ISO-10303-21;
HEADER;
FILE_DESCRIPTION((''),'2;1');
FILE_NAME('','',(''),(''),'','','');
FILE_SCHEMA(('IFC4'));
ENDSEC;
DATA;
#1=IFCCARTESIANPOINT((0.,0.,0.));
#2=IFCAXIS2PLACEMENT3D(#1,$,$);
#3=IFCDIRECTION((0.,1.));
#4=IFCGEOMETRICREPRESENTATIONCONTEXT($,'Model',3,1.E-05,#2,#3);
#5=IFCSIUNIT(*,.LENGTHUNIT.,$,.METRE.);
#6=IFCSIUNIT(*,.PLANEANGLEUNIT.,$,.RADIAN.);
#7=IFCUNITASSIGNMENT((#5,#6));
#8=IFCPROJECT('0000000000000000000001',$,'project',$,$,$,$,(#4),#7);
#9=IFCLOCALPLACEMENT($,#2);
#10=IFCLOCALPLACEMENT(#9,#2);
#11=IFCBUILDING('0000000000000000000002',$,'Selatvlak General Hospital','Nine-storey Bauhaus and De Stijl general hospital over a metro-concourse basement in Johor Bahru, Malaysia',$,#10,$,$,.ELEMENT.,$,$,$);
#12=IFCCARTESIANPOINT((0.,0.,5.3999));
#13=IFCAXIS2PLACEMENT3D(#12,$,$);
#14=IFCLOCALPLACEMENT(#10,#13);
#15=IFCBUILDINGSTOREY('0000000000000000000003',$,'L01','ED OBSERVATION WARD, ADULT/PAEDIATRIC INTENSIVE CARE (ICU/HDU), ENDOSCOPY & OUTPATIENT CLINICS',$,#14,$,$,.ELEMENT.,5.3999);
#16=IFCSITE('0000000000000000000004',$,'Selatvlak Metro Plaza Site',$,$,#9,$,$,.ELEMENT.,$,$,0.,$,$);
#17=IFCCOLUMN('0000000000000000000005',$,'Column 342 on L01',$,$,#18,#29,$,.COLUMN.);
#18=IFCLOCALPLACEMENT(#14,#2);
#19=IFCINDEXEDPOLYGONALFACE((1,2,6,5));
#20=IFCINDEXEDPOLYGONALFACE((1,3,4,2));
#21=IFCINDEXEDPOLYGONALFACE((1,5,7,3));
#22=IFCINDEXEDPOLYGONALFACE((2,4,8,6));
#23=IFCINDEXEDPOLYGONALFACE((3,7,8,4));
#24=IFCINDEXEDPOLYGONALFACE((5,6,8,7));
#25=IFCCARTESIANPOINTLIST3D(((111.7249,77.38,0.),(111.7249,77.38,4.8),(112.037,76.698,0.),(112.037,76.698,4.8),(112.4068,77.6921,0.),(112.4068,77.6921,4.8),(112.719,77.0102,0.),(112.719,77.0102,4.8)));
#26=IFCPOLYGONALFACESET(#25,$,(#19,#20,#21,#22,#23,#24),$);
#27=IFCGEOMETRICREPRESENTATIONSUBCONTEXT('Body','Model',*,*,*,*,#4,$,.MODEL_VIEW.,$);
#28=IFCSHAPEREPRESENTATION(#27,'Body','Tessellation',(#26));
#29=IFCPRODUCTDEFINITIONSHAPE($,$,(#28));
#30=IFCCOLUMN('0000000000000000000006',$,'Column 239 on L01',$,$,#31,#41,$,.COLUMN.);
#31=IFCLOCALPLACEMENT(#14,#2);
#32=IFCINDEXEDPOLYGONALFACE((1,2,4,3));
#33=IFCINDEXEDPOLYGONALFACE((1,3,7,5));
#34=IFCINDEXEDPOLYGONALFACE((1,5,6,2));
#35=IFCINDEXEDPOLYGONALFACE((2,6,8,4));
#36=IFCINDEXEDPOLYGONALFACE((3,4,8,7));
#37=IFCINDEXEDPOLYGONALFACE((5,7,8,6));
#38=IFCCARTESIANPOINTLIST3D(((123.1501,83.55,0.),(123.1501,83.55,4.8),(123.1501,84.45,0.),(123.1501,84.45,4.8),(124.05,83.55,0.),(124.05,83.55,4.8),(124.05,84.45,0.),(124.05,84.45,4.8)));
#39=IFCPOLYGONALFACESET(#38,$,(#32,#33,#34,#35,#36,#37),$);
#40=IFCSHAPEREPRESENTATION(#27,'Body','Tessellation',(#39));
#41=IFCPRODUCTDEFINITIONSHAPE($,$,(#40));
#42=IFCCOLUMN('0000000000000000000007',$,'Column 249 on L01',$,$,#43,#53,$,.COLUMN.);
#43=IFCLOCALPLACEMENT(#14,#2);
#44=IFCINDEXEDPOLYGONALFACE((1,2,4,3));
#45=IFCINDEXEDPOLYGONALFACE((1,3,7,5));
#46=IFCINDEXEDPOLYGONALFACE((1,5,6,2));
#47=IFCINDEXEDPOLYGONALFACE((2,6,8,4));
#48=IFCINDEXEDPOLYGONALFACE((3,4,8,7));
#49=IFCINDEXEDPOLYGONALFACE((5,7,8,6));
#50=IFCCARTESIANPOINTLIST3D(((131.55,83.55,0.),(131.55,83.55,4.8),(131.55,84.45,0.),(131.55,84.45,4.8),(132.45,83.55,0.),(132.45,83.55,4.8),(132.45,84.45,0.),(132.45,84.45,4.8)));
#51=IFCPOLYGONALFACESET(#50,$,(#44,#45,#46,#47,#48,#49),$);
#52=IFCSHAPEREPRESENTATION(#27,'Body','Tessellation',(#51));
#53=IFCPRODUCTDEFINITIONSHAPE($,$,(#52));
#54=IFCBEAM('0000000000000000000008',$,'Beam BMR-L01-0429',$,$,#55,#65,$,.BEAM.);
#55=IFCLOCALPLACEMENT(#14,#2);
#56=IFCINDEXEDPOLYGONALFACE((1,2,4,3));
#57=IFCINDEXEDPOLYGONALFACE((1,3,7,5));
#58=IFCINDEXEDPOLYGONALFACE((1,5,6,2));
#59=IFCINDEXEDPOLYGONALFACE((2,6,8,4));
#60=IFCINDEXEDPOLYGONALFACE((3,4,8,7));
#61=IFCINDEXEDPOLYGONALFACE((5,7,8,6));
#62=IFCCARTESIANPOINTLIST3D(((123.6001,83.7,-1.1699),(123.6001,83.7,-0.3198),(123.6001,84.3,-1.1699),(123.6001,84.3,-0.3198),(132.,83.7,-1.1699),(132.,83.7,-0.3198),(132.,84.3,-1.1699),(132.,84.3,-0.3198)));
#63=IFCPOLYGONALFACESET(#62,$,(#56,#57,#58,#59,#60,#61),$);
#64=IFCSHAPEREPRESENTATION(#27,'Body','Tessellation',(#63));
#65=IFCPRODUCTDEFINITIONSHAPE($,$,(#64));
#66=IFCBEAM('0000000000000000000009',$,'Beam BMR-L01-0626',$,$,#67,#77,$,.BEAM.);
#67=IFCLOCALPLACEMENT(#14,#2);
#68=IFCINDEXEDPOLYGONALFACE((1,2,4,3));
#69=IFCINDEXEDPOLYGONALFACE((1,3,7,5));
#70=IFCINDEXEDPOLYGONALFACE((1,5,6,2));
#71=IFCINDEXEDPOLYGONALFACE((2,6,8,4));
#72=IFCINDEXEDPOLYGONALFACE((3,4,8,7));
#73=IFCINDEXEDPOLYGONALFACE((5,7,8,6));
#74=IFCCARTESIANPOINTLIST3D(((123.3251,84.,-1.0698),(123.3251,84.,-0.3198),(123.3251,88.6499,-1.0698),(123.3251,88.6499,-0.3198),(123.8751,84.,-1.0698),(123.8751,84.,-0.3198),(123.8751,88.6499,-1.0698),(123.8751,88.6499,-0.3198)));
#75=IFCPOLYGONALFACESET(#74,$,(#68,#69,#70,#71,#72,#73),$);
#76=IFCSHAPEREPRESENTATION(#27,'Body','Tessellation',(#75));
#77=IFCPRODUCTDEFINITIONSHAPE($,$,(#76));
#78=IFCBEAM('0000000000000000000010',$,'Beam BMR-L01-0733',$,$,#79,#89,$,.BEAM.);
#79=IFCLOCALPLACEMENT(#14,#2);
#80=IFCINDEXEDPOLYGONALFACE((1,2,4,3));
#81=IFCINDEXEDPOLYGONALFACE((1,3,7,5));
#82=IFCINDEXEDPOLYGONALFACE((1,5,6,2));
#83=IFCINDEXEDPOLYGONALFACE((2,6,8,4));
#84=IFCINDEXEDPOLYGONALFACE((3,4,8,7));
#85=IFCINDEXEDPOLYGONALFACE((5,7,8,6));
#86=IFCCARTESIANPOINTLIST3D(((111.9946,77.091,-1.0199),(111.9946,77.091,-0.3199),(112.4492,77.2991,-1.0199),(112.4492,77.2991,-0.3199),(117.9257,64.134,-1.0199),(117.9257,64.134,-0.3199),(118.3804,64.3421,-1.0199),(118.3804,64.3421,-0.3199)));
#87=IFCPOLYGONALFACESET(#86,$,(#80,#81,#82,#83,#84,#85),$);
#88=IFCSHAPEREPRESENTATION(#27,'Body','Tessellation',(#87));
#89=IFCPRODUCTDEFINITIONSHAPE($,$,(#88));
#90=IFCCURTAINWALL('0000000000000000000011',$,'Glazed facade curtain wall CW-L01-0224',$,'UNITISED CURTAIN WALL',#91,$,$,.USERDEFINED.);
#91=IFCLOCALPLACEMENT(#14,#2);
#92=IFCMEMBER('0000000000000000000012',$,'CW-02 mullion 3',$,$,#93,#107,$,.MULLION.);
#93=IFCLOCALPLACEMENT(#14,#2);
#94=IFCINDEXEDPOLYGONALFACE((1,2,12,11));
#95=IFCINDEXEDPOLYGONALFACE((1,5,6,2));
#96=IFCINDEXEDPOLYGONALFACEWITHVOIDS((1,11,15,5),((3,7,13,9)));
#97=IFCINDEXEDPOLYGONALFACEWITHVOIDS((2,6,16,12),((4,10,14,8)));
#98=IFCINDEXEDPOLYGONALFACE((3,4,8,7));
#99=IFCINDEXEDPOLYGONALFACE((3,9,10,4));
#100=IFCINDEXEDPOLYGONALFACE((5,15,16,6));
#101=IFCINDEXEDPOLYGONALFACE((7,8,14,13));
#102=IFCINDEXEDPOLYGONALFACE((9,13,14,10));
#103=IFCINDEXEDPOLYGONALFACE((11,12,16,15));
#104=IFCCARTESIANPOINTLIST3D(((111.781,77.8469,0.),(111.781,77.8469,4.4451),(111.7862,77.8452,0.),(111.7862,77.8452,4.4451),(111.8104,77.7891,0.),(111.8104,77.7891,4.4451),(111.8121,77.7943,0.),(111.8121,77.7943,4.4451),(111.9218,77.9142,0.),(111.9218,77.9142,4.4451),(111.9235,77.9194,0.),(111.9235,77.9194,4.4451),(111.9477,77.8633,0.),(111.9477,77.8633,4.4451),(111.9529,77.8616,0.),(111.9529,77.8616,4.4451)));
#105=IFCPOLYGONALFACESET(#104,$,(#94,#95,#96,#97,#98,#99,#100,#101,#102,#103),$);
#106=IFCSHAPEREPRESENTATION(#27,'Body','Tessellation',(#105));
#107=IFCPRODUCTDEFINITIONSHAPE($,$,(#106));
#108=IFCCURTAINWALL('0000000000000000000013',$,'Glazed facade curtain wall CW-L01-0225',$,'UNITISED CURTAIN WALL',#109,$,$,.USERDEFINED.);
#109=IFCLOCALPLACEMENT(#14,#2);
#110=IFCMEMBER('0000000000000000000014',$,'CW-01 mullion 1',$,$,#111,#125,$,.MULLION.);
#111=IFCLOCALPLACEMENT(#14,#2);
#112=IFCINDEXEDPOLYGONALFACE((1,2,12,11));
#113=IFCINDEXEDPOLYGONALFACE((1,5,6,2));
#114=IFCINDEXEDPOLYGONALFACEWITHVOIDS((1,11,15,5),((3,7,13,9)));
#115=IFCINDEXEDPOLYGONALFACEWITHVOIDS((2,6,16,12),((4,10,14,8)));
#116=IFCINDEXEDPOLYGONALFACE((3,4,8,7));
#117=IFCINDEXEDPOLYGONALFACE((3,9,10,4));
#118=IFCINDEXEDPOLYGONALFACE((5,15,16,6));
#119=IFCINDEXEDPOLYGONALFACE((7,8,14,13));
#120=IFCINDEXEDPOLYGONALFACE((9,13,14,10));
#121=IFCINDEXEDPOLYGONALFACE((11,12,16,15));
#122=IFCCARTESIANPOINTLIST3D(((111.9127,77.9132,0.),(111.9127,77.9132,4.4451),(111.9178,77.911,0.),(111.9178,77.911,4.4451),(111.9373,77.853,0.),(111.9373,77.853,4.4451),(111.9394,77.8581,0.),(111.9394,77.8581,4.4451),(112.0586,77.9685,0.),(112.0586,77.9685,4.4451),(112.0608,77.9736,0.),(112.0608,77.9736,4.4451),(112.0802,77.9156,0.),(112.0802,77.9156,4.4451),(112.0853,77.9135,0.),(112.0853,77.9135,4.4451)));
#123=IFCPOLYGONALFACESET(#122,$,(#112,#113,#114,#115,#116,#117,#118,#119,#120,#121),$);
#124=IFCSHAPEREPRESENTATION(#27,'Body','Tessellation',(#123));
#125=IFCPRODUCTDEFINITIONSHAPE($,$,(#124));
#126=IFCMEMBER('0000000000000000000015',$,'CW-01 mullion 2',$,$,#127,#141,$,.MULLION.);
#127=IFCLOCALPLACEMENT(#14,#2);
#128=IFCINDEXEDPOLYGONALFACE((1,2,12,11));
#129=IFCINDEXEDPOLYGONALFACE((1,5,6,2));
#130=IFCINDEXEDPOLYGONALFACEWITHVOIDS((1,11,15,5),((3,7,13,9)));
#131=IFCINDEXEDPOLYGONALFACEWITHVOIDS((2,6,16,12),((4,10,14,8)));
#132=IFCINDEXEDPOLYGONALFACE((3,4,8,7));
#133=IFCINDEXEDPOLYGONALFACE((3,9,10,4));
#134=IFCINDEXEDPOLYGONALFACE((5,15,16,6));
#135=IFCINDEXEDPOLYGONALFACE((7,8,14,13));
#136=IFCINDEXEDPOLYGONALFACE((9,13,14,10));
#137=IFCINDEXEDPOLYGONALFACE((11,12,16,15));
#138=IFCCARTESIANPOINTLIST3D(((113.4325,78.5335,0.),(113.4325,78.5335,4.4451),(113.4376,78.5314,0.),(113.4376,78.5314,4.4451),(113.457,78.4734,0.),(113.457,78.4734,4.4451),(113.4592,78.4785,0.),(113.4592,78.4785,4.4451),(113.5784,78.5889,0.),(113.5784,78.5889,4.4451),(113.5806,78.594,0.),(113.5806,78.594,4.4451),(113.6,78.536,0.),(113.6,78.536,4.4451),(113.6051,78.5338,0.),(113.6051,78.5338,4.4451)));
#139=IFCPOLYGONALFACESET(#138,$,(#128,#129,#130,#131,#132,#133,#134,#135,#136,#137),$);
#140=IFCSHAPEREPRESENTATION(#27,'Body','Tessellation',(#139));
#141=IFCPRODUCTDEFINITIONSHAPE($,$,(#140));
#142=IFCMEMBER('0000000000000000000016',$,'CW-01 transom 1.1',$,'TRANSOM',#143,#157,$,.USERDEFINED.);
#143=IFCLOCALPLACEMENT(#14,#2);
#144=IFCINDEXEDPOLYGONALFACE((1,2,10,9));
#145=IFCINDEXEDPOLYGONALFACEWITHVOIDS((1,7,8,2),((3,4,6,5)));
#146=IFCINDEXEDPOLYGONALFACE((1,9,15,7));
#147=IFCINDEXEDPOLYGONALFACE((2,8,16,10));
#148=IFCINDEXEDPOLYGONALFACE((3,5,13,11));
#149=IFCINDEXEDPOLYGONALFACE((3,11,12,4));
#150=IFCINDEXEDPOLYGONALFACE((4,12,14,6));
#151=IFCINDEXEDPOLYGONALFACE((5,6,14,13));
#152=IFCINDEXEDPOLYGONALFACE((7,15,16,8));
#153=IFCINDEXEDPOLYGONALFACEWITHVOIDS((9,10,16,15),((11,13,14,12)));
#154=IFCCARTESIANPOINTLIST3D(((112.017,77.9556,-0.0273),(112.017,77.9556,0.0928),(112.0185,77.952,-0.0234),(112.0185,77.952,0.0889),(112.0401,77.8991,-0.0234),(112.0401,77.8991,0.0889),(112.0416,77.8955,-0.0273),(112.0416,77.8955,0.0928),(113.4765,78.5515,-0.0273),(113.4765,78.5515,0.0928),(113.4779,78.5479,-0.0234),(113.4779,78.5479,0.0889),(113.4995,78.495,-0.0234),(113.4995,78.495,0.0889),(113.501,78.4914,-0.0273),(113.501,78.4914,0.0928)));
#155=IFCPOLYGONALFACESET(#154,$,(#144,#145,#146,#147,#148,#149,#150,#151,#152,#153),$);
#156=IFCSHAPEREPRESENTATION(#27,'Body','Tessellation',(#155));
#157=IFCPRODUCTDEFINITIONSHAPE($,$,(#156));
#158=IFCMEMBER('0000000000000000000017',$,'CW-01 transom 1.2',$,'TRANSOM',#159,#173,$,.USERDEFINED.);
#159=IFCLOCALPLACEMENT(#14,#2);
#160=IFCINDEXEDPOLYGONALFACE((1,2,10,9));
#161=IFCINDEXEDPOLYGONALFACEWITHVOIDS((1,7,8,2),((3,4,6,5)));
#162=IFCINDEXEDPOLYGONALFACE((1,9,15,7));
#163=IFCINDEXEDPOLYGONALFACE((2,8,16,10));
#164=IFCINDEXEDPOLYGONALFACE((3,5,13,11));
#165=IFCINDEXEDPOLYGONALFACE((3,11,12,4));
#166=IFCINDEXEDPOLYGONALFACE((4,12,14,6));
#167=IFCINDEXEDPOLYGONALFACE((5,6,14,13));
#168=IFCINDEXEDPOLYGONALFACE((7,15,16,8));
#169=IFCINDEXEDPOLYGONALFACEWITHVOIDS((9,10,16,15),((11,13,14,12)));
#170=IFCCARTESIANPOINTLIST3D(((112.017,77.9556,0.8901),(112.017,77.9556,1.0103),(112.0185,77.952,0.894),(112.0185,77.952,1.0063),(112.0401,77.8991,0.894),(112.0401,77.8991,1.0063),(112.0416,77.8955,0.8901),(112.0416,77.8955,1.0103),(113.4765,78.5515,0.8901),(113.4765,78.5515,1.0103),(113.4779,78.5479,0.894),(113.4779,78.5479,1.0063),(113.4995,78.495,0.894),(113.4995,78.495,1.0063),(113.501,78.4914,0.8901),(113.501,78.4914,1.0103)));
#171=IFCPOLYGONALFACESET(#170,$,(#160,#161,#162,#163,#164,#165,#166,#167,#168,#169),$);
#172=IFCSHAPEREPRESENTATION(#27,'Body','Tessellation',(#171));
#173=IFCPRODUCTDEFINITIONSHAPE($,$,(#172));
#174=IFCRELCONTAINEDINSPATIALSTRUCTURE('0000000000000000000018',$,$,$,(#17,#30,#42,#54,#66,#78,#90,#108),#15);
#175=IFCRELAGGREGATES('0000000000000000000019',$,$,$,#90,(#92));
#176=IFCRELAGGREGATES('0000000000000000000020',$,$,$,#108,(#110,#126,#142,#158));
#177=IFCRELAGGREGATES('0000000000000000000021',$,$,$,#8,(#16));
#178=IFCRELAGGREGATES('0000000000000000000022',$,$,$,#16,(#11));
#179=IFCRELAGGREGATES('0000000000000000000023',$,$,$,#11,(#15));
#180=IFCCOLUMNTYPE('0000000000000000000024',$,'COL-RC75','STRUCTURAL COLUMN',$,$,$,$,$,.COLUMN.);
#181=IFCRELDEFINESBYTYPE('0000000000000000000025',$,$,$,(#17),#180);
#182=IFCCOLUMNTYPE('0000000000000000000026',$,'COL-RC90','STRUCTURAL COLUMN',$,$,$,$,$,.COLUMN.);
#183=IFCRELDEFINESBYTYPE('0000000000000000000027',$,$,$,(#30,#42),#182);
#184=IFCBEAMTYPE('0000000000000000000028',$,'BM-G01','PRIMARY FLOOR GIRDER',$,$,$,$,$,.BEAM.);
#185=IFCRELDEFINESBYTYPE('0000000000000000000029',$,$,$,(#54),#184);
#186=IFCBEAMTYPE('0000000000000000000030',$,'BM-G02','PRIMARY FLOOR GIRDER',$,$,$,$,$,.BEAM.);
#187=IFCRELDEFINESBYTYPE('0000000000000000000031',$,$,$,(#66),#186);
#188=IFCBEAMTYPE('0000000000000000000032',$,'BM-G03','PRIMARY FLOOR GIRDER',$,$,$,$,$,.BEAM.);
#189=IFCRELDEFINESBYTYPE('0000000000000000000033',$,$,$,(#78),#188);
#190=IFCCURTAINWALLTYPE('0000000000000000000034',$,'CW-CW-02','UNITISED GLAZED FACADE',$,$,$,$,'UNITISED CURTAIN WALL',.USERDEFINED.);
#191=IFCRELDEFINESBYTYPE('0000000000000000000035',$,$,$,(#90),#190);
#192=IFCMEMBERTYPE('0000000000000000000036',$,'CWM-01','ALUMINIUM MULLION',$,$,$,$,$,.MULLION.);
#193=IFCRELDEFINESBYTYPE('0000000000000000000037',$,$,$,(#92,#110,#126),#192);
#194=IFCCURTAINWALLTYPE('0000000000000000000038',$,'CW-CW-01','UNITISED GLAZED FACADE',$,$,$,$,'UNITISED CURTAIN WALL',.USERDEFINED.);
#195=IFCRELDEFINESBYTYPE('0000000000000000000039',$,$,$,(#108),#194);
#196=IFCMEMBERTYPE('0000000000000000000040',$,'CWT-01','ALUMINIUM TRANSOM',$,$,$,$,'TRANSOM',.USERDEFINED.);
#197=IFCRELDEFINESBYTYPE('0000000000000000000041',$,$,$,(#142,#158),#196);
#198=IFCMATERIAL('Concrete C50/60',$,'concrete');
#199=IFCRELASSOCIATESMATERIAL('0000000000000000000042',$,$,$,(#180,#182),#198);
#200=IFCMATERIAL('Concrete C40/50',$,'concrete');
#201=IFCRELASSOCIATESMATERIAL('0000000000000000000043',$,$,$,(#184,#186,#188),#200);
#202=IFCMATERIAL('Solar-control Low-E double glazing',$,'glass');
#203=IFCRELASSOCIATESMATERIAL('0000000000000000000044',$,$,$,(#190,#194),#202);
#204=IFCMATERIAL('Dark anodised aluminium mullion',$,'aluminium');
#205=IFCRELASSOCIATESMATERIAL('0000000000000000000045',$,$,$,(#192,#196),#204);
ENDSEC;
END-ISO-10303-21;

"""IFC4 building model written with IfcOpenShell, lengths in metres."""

from ifc_helpers import new_model, si_unit, direction, frame, origin, origin_2d, place, context, subcontext, project, spatial, rectangle, hollow_rectangle, extrude, material, material_profile, profile_set, type_object, element, aggregate, save


model = new_model("IFC4")

# Units and contexts
model_context = context("Model", 3, precision=1e-05, world=origin(), true_north=direction((0.0, 1.0)))
body_context = subcontext(model_context, "Body", "Model", "MODEL_VIEW")
ifc_project = project(units=[si_unit("LENGTHUNIT", "METRE"), si_unit("PLANEANGLEUNIT", "RADIAN")], contexts=[model_context])

# Site, building, storey
site_placement = place(None, origin())
site = spatial("IfcSite", under=ifc_project, at=site_placement, Name="Selatvlak Metro Plaza Site", CompositionType="ELEMENT", RefElevation=0.0)
building_placement = place(site_placement, origin())
building = spatial("IfcBuilding", under=site, at=building_placement, Name="Selatvlak General Hospital", Description="Nine-storey Bauhaus and De Stijl general hospital over a metro-concourse basement in Johor Bahru, Malaysia", CompositionType="ELEMENT")
storey_placement = place(building_placement, frame((0.0, 0.0, 5.3999)))
storey = spatial("IfcBuildingStorey", under=building, at=storey_placement, Name="L01", Description="ED OBSERVATION WARD, ADULT/PAEDIATRIC INTENSIVE CARE (ICU/HDU), ENDOSCOPY & OUTPATIENT CLINICS", CompositionType="ELEMENT", Elevation=5.3999)

# Columns
ifc_material_1 = material(Name="Concrete C50/60", Category="concrete")
ifc_material_profile_1 = material_profile(ifc_material_1, rectangle(XDim=0.75, YDim=0.75, at=origin_2d()), Name="RC-COL 750x750")
ifc_profile_set_1 = profile_set([ifc_material_profile_1], Name="Concrete C50/60")
column_type_1 = type_object("IfcColumnType", Name="COL-RC75", Description="STRUCTURAL COLUMN", PredefinedType="COLUMN", material=ifc_profile_set_1)
column_placement = place(storey_placement, frame((112.2219, 77.1951, 0.0), z_axis=(0.0, 0.0, 1.0), x_axis=(-0.416201, 0.909272, 0.0)))
element("IfcColumn", 1, at=column_placement, inside=storey, type_object=column_type_1, Name="Column 342 on L01", PredefinedType="COLUMN", context=body_context, shape_type="SweptSolid", body=[
    extrude(rectangle(XDim=0.75, YDim=0.75, at=origin_2d()), origin(), (0.0, 0.0, 1.0), 4.8),
])
ifc_material_profile_2 = material_profile(ifc_material_1, rectangle(XDim=0.8999, YDim=0.8999, at=origin_2d()), Name="RC-COL 900x900")
ifc_profile_set_2 = profile_set([ifc_material_profile_2], Name="Concrete C50/60")
column_type_2 = type_object("IfcColumnType", Name="COL-RC90", Description="STRUCTURAL COLUMN", PredefinedType="COLUMN", material=ifc_profile_set_2)
for number, where, z_axis, x_axis, name in (
    (2, (123.6001, 84.0, 0.0), (0.0, 0.0, 1.0), (1.0, 0.0, 0.0), "Column 239 on L01"),
    (3, (132.0, 84.0, 0.0), (0.0, 0.0, 1.0), (1.0, 0.0, 0.0), "Column 249 on L01"),
):
    element("IfcColumn", number, at=place(storey_placement, frame(where, z_axis=z_axis, x_axis=x_axis)), inside=storey, type_object=column_type_2, Name=name, PredefinedType="COLUMN", context=body_context, shape_type="SweptSolid", body=[
        extrude(rectangle(XDim=0.8999, YDim=0.8999, at=origin_2d()), origin(), (0.0, 0.0, 1.0), 4.8),
    ])

# Beams
ifc_material_2 = material(Name="Concrete C40/50", Category="concrete")
ifc_material_profile_3 = material_profile(ifc_material_2, rectangle(XDim=0.6001, YDim=0.8501, at=origin_2d()), Name="RC-BM 600x850")
ifc_profile_set_3 = profile_set([ifc_material_profile_3], Name="Concrete C40/50")
beam_type_1 = type_object("IfcBeamType", Name="BM-G01", Description="PRIMARY FLOOR GIRDER", PredefinedType="BEAM", material=ifc_profile_set_3)
beam_1_placement = place(storey_placement, frame((123.6001, 84.0, -0.7449), z_axis=(1.0, 0.0, 0.0), x_axis=(0.0, 1.0, 0.0)))
element("IfcBeam", 4, at=beam_1_placement, inside=storey, type_object=beam_type_1, Name="Beam BMR-L01-0429", PredefinedType="BEAM", context=body_context, shape_type="SweptSolid", body=[
    extrude(rectangle(XDim=0.6001, YDim=0.8501, at=origin_2d()), origin(), (0.0, 0.0, 1.0), 8.3999),
])
ifc_material_profile_4 = material_profile(ifc_material_2, rectangle(XDim=0.55, YDim=0.75, at=origin_2d()), Name="RC-BM 550x750")
ifc_profile_set_4 = profile_set([ifc_material_profile_4], Name="Concrete C40/50")
beam_type_2 = type_object("IfcBeamType", Name="BM-G02", Description="PRIMARY FLOOR GIRDER", PredefinedType="BEAM", material=ifc_profile_set_4)
beam_2_placement = place(storey_placement, frame((123.6001, 84.0, -0.6948), z_axis=(0.0, 1.0, 0.0), x_axis=(-1.0, 0.0, 0.0)))
element("IfcBeam", 5, at=beam_2_placement, inside=storey, type_object=beam_type_2, Name="Beam BMR-L01-0626", PredefinedType="BEAM", context=body_context, shape_type="SweptSolid", body=[
    extrude(rectangle(XDim=0.55, YDim=0.75, at=origin_2d()), origin(), (0.0, 0.0, 1.0), 4.6499),
])
ifc_material_profile_5 = material_profile(ifc_material_2, rectangle(XDim=0.5, YDim=0.7, at=origin_2d()), Name="RC-BM 500x700")
ifc_profile_set_5 = profile_set([ifc_material_profile_5], Name="Concrete C40/50")
beam_type_3 = type_object("IfcBeamType", Name="BM-G03", Description="PRIMARY FLOOR GIRDER", PredefinedType="BEAM", material=ifc_profile_set_5)
beam_3_placement = place(storey_placement, frame((112.2219, 77.1951, -0.6699), z_axis=(0.41622, -0.909264, 0.0), x_axis=(0.909264, 0.41622, 0.0)))
element("IfcBeam", 6, at=beam_3_placement, inside=storey, type_object=beam_type_3, Name="Beam BMR-L01-0733", PredefinedType="BEAM", context=body_context, shape_type="SweptSolid", body=[
    extrude(rectangle(XDim=0.5, YDim=0.7, at=origin_2d()), origin(), (0.0, 0.0, 1.0), 14.25),
])

# Curtain wall, member
ifc_material_3 = material(Name="Solar-control Low-E double glazing", Category="glass")
curtain_wall_type_1 = type_object("IfcCurtainWallType", Name="CW-CW-02", Description="UNITISED GLAZED FACADE", ElementType="UNITISED CURTAIN WALL", PredefinedType="USERDEFINED", material=ifc_material_3)
curtain_wall_1_placement = place(storey_placement, origin())
curtain_wall_1 = element("IfcCurtainWall", 7, at=curtain_wall_1_placement, inside=storey, type_object=curtain_wall_type_1, Name="Glazed facade curtain wall CW-L01-0224", ObjectType="UNITISED CURTAIN WALL", PredefinedType="USERDEFINED")
ifc_material_4 = material(Name="Dark anodised aluminium mullion", Category="aluminium")
ifc_material_profile_6 = material_profile(ifc_material_4, hollow_rectangle(XDim=0.0649, YDim=0.1599, WallThickness=0.0039, at=origin_2d()), Name="AL-MUL 65x160x4")
ifc_profile_set_6 = profile_set([ifc_material_profile_6], Name="Dark anodised aluminium mullion")
member_type_1 = type_object("IfcMemberType", Name="CWM-01", Description="ALUMINIUM MULLION", PredefinedType="MULLION", material=ifc_profile_set_6)
member_1_placement = place(storey_placement, frame((111.8669, 77.8542, 0.0), z_axis=(0.0, 0.0, 1.0), x_axis=(-0.453361, 0.891327, 0.0)))
member_1 = element("IfcMember", 8, at=member_1_placement, type_object=member_type_1, Name="CW-02 mullion 3", PredefinedType="MULLION", context=body_context, shape_type="SweptSolid", body=[
    extrude(hollow_rectangle(XDim=0.0649, YDim=0.1599, WallThickness=0.0039, at=origin_2d()), origin(), (0.0, 0.0, 1.0), 4.4451),
])
aggregate(curtain_wall_1, [member_1])

# Curtain wall, members
curtain_wall_type_2 = type_object("IfcCurtainWallType", Name="CW-CW-01", Description="UNITISED GLAZED FACADE", ElementType="UNITISED CURTAIN WALL", PredefinedType="USERDEFINED", material=ifc_material_3)
curtain_wall_2_placement = place(storey_placement, origin())
curtain_wall_2 = element("IfcCurtainWall", 9, at=curtain_wall_2_placement, inside=storey, type_object=curtain_wall_type_2, Name="Glazed facade curtain wall CW-L01-0225", ObjectType="UNITISED CURTAIN WALL", PredefinedType="USERDEFINED")
member_2_placement = place(storey_placement, frame((111.999, 77.9133, 0.0), z_axis=(0.0, 0.0, 1.0), x_axis=(-0.377948, 0.925827, 0.0)))
member_2 = element("IfcMember", 10, at=member_2_placement, type_object=member_type_1, Name="CW-01 mullion 1", PredefinedType="MULLION", context=body_context, shape_type="SweptSolid", body=[
    extrude(hollow_rectangle(XDim=0.0649, YDim=0.1599, WallThickness=0.0039, at=origin_2d()), origin(), (0.0, 0.0, 1.0), 4.4451),
])
member_3_placement = place(storey_placement, frame((113.5188, 78.5337, 0.0), z_axis=(0.0, 0.0, 1.0), x_axis=(-0.377948, 0.925827, 0.0)))
member_3 = element("IfcMember", 11, at=member_3_placement, type_object=member_type_1, Name="CW-01 mullion 2", PredefinedType="MULLION", context=body_context, shape_type="SweptSolid", body=[
    extrude(hollow_rectangle(XDim=0.0649, YDim=0.1599, WallThickness=0.0039, at=origin_2d()), origin(), (0.0, 0.0, 1.0), 4.4451),
])
ifc_material_profile_7 = material_profile(ifc_material_4, hollow_rectangle(XDim=0.0649, YDim=0.1201, WallThickness=0.0039, at=origin_2d()), Name="AL-TRN 65x120x4")
ifc_profile_set_7 = profile_set([ifc_material_profile_7], Name="Dark anodised aluminium mullion")
member_type_2 = type_object("IfcMemberType", Name="CWT-01", Description="ALUMINIUM TRANSOM", ElementType="TRANSOM", PredefinedType="USERDEFINED", material=ifc_profile_set_7)
member_4_placement = place(storey_placement, frame((112.0293, 77.9255, 0.0327), z_axis=(0.925793, 0.37803, 0.0), x_axis=(-0.37803, 0.925793, 0.0)))
member_4 = element("IfcMember", 12, at=member_4_placement, type_object=member_type_2, Name="CW-01 transom 1.1", ObjectType="TRANSOM", PredefinedType="USERDEFINED", context=body_context, shape_type="SweptSolid", body=[
    extrude(hollow_rectangle(XDim=0.0649, YDim=0.1201, WallThickness=0.0039, at=origin_2d()), origin(), (0.0, 0.0, 1.0), 1.5764),
])
member_5_placement = place(storey_placement, frame((112.0293, 77.9255, 0.9502), z_axis=(0.925793, 0.37803, 0.0), x_axis=(-0.37803, 0.925793, 0.0)))
member_5 = element("IfcMember", 13, at=member_5_placement, type_object=member_type_2, Name="CW-01 transom 1.2", ObjectType="TRANSOM", PredefinedType="USERDEFINED", context=body_context, shape_type="SweptSolid", body=[
    extrude(hollow_rectangle(XDim=0.0649, YDim=0.1201, WallThickness=0.0039, at=origin_2d()), origin(), (0.0, 0.0, 1.0), 1.5764),
])
aggregate(curtain_wall_2, [member_2, member_3, member_4, member_5])

save(model, "model.ifc")
